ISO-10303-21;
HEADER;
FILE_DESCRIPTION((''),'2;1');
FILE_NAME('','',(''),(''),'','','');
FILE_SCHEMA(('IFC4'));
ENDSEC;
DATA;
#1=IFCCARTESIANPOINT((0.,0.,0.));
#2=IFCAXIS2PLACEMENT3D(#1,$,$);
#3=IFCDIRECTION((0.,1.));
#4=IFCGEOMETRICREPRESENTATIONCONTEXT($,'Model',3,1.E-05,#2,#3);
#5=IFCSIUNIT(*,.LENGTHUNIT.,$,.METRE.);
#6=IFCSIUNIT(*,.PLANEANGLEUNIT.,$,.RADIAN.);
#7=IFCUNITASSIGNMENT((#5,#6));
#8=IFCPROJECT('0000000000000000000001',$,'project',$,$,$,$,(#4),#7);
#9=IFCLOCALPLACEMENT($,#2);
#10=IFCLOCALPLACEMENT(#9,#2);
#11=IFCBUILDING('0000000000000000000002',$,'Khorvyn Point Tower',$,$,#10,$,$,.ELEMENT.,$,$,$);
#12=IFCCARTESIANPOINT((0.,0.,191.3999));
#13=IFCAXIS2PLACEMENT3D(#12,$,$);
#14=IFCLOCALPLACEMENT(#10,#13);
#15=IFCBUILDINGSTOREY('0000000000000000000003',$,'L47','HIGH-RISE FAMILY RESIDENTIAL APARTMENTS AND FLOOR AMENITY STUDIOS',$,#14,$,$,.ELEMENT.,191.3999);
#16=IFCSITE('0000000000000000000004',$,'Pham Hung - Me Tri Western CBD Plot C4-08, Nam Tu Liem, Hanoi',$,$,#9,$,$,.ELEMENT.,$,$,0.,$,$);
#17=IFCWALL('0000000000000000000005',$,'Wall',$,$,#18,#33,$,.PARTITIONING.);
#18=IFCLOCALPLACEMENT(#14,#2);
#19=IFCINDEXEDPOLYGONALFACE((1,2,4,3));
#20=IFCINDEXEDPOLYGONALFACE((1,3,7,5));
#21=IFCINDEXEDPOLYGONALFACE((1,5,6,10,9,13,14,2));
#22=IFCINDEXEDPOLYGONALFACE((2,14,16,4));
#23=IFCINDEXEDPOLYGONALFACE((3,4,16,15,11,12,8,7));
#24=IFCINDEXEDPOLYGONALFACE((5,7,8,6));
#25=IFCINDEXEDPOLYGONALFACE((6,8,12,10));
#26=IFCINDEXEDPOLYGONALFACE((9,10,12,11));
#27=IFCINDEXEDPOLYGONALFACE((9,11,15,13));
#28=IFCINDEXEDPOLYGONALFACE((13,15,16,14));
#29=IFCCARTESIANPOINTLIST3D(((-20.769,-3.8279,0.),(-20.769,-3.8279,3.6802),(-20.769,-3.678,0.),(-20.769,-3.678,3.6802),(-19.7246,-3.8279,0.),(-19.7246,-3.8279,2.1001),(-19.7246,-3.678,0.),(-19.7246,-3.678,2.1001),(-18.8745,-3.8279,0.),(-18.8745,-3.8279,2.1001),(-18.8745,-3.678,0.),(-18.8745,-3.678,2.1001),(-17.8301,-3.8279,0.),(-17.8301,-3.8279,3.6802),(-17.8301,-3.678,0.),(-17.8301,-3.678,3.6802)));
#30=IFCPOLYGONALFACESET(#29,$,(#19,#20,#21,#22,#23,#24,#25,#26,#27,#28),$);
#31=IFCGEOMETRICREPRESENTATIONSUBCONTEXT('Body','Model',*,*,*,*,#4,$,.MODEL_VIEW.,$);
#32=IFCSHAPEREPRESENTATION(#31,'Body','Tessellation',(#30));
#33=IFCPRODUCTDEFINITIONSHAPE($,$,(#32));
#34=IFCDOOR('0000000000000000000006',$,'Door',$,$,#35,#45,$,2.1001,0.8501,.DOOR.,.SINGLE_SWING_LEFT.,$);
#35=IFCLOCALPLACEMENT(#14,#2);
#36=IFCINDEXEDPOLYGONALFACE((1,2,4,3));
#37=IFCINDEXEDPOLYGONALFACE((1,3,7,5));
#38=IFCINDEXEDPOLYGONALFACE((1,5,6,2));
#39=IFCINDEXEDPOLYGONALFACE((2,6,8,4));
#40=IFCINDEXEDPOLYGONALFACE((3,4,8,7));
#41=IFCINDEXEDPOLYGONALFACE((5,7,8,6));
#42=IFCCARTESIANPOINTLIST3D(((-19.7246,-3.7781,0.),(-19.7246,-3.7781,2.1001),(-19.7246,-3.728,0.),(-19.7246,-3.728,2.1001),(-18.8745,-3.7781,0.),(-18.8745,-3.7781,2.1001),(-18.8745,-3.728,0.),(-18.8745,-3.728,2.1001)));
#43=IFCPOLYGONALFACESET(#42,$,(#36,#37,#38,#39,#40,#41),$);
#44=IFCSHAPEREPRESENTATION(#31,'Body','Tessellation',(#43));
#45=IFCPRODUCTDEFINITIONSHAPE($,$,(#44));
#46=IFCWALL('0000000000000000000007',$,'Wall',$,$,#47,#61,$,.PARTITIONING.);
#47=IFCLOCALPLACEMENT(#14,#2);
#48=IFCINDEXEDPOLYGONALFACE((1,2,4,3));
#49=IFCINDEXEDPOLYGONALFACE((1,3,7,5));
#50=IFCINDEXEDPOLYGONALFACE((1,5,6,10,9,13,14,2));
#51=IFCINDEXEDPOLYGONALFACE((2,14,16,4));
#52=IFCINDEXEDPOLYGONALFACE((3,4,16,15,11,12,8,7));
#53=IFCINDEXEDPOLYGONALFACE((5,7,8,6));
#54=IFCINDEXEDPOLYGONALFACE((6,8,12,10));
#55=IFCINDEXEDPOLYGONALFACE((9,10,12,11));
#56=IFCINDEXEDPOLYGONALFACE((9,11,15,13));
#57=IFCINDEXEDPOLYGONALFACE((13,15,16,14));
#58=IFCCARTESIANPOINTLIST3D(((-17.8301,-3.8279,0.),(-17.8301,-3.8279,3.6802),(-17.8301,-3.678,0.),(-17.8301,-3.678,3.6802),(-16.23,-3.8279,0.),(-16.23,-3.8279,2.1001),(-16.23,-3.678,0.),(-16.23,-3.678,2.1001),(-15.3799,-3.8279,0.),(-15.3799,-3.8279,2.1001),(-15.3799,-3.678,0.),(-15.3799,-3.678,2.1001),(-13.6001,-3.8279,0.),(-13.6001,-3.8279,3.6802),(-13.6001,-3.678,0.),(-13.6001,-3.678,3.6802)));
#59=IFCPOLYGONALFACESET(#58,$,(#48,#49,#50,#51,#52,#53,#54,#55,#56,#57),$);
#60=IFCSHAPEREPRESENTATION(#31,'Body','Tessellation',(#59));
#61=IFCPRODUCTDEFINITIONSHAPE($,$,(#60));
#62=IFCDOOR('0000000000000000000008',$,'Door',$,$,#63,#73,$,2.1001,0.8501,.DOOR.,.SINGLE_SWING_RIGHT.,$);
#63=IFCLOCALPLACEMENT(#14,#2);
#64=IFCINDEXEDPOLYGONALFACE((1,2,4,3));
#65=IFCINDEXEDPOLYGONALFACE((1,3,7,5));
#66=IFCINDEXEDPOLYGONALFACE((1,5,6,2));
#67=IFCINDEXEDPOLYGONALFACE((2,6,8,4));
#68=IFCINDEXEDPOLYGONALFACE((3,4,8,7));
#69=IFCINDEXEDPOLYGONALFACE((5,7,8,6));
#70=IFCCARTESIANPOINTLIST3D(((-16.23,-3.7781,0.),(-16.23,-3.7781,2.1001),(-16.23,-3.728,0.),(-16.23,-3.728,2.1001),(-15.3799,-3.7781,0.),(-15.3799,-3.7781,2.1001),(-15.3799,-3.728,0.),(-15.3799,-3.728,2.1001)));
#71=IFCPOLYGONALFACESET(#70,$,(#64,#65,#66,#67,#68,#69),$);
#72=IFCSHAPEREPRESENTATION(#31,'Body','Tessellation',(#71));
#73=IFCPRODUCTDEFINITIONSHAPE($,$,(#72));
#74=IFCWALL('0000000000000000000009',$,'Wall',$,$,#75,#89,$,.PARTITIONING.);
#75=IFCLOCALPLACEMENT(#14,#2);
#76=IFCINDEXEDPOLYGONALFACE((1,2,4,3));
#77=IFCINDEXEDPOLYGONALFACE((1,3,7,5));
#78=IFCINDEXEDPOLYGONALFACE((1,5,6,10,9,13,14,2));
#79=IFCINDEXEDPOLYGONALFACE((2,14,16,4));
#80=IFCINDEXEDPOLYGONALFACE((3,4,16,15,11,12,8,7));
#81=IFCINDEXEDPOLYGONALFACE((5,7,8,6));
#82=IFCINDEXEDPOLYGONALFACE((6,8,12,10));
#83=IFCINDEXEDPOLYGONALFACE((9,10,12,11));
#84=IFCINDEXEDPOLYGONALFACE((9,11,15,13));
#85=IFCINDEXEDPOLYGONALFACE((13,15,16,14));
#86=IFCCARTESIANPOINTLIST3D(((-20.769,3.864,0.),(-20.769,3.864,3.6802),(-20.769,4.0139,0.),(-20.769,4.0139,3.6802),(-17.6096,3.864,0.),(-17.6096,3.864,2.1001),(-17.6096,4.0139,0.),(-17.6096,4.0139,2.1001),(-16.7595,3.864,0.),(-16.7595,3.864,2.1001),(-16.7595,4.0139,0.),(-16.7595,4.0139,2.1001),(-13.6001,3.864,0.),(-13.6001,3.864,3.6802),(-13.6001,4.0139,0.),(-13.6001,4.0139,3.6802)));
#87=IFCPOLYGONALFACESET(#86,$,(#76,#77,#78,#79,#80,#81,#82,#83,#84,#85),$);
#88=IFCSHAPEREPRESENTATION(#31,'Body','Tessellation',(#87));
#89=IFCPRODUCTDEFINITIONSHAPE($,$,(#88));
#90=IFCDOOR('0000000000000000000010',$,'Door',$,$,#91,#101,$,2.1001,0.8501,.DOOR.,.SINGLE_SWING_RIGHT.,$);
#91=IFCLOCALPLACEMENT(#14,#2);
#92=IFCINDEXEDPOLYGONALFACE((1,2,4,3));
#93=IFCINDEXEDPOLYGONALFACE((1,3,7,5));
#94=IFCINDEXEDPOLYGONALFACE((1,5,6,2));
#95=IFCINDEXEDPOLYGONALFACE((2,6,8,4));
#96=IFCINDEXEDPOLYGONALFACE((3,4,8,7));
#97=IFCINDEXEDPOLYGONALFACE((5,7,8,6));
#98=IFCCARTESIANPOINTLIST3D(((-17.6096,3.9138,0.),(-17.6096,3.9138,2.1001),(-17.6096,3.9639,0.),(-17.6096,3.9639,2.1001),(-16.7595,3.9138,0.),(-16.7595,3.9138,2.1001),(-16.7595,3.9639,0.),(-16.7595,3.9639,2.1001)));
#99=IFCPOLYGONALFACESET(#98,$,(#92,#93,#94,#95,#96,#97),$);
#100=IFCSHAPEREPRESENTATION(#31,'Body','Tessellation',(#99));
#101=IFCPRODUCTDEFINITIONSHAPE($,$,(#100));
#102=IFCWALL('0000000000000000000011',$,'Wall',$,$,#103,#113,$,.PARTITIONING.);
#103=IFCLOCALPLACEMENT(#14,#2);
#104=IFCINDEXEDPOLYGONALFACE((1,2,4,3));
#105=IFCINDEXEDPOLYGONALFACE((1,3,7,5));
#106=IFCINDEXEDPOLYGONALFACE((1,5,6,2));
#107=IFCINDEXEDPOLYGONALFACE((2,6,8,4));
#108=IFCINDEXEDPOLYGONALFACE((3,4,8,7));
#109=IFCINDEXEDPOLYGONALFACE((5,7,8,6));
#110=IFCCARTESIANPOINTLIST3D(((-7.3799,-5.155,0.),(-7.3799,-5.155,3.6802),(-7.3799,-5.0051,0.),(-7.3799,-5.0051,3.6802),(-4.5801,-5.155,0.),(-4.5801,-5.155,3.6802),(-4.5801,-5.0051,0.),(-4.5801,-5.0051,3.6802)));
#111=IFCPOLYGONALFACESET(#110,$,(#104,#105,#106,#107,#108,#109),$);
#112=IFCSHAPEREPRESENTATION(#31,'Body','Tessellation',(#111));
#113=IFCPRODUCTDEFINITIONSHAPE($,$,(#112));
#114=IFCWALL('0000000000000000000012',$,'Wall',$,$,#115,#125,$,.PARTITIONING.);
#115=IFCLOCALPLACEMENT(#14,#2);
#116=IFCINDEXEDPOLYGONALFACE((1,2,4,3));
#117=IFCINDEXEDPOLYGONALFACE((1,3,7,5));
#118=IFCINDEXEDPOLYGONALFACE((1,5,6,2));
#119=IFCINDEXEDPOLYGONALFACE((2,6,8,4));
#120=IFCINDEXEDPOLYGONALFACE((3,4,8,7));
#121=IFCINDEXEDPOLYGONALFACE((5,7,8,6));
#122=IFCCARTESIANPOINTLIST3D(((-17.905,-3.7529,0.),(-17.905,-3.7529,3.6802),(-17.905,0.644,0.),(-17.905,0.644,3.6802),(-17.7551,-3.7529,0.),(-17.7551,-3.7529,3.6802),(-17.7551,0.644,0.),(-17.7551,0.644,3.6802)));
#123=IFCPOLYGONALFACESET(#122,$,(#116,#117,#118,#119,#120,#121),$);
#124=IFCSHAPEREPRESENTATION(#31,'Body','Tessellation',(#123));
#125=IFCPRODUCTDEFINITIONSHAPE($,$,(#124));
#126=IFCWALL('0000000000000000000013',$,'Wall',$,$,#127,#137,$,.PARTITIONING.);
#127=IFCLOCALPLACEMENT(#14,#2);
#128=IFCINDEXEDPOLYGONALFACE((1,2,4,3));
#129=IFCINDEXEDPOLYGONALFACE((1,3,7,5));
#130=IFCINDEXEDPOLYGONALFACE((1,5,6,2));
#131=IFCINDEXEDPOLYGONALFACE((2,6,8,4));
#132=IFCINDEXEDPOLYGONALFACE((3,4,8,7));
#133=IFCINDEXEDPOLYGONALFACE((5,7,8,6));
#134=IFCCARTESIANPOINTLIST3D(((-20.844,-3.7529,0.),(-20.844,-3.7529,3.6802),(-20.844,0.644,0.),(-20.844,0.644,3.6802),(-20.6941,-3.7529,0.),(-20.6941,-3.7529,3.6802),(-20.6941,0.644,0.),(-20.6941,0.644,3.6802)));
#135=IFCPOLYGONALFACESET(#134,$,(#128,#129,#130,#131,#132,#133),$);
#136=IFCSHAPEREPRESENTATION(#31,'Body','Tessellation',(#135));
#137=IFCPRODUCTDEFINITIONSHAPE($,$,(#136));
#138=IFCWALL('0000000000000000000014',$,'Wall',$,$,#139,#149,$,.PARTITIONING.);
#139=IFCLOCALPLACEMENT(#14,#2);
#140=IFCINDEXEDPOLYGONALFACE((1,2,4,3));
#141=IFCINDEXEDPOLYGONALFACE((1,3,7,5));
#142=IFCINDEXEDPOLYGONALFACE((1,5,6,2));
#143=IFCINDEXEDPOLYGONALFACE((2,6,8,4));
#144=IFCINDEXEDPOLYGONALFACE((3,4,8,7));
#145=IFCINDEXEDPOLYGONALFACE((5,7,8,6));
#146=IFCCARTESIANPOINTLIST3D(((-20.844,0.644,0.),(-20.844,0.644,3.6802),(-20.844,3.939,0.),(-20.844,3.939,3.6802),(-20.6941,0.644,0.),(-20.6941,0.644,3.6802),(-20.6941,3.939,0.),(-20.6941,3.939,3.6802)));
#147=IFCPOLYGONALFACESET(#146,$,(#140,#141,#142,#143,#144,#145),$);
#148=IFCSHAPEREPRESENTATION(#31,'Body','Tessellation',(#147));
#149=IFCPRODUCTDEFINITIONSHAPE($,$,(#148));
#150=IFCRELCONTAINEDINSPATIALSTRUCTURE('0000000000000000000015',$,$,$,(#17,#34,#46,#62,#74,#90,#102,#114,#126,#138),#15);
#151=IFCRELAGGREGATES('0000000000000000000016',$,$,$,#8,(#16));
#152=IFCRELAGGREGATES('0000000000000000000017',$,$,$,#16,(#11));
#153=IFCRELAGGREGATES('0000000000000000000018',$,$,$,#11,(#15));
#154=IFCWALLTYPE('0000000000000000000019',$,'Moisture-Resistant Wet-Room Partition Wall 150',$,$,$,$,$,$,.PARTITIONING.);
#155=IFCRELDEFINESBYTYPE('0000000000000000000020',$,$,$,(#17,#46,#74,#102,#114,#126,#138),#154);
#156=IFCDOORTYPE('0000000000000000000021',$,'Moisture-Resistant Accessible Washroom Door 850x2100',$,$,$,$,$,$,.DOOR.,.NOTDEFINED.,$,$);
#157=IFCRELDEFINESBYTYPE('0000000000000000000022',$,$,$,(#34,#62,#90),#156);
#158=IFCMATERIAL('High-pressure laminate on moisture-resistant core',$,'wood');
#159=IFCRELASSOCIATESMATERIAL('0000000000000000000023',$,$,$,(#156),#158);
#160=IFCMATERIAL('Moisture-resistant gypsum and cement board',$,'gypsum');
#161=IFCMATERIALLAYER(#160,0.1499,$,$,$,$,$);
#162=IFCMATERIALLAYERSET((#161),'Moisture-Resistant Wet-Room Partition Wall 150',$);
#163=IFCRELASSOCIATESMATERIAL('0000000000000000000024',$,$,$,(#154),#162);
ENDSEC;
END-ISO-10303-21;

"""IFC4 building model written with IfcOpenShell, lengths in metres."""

from ifc_helpers import new_model, si_unit, direction, frame, frame_2d, origin, place, context, subcontext, project, spatial, rectangle, extrude, material, layer, layer_set, type_object, element, fill, save


model = new_model("IFC4")

# Units and contexts
model_context = context("Model", 3, precision=1e-05, world=origin(), true_north=direction((0.0, 1.0)))
body_context = subcontext(model_context, "Body", "Model", "MODEL_VIEW")
ifc_project = project(units=[si_unit("LENGTHUNIT", "METRE"), si_unit("PLANEANGLEUNIT", "RADIAN")], contexts=[model_context])

# Site, building, storey
site_placement = place(None, origin())
site = spatial("IfcSite", under=ifc_project, at=site_placement, Name="Pham Hung - Me Tri Western CBD Plot C4-08, Nam Tu Liem, Hanoi", CompositionType="ELEMENT", RefElevation=0.0)
building_placement = place(site_placement, origin())
building = spatial("IfcBuilding", under=site, at=building_placement, Name="Khorvyn Point Tower", CompositionType="ELEMENT")
storey_placement = place(building_placement, frame((0.0, 0.0, 191.3999)))
storey = spatial("IfcBuildingStorey", under=building, at=storey_placement, Name="L47", Description="HIGH-RISE FAMILY RESIDENTIAL APARTMENTS AND FLOOR AMENITY STUDIOS", CompositionType="ELEMENT", Elevation=191.3999)

# Shared definitions
ifc_material_1 = material(Name="High-pressure laminate on moisture-resistant core", Category="wood")
door_type_1 = type_object("IfcDoorType", Name="Moisture-Resistant Accessible Washroom Door 850x2100", OperationType="NOTDEFINED", PredefinedType="DOOR", material=ifc_material_1)

# Walls, openings, doors
ifc_material_2 = material(Name="Moisture-resistant gypsum and cement board", Category="gypsum")
ifc_layer_1 = layer(ifc_material_2, 0.1499)
ifc_layer_set_1 = layer_set([ifc_layer_1], Name="Moisture-Resistant Wet-Room Partition Wall 150")
wall_type_1 = type_object("IfcWallType", Name="Moisture-Resistant Wet-Room Partition Wall 150", PredefinedType="PARTITIONING", material=ifc_layer_set_1)
wall_1_placement = place(storey_placement, frame((-20.769, -3.7529, 0.0), z_axis=(0.0, 0.0, 1.0), x_axis=(1.0, 0.0, 0.0)))
wall_1 = element("IfcWall", 1, at=wall_1_placement, inside=storey, type_object=wall_type_1, Name="Wall", PredefinedType="PARTITIONING", context=body_context, shape_type="SweptSolid", body=[
    extrude(rectangle(XDim=2.939, YDim=0.1499, at=frame_2d((1.4695, 0.0))), origin(), (0.0, 0.0, 1.0), 3.6802),
])
opening_1_placement = place(wall_1_placement, frame((1.0444, 0.0, 0.0)))
opening_1 = element("IfcOpeningElement", 2, at=opening_1_placement, cuts=wall_1, PredefinedType="OPENING", context=body_context, shape_type="SweptSolid", body=[
    extrude(rectangle(XDim=0.8501, YDim=2.1001, at=frame_2d((0.425, 1.05))), frame((0.0, 0.085, 0.0), z_axis=(0.0, -1.0, 0.0), x_axis=(1.0, 0.0, 0.0)), (0.0, 0.0, 1.0), 0.1699),
])
door_1_placement = place(opening_1_placement, origin())
door_1 = element("IfcDoor", 3, at=door_1_placement, inside=storey, type_object=door_type_1, Name="Door", OperationType="SINGLE_SWING_LEFT", OverallHeight=2.1001, OverallWidth=0.8501, PredefinedType="DOOR", context=body_context, shape_type="SweptSolid", body=[
    extrude(rectangle(XDim=0.8501, YDim=2.1001, at=frame_2d((0.425, 1.05))), frame((0.0, 0.0249, 0.0), z_axis=(0.0, -1.0, 0.0), x_axis=(1.0, 0.0, 0.0)), (0.0, 0.0, 1.0), 0.05),
])
fill(opening_1, door_1)
wall_2_placement = place(storey_placement, frame((-17.8301, -3.7529, 0.0), z_axis=(0.0, 0.0, 1.0), x_axis=(1.0, 0.0, 0.0)))
wall_2 = element("IfcWall", 4, at=wall_2_placement, inside=storey, type_object=wall_type_1, Name="Wall", PredefinedType="PARTITIONING", context=body_context, shape_type="SweptSolid", body=[
    extrude(rectangle(XDim=4.23, YDim=0.1499, at=frame_2d((2.115, 0.0))), origin(), (0.0, 0.0, 1.0), 3.6802),
])
opening_2_placement = place(wall_2_placement, frame((1.6001, 0.0, 0.0)))
opening_2 = element("IfcOpeningElement", 5, at=opening_2_placement, cuts=wall_2, PredefinedType="OPENING", context=body_context, shape_type="SweptSolid", body=[
    extrude(rectangle(XDim=0.8501, YDim=2.1001, at=frame_2d((0.425, 1.05))), frame((0.0, 0.085, 0.0), z_axis=(0.0, -1.0, 0.0), x_axis=(1.0, 0.0, 0.0)), (0.0, 0.0, 1.0), 0.1699),
])
door_2_placement = place(opening_2_placement, origin())
door_2 = element("IfcDoor", 6, at=door_2_placement, inside=storey, type_object=door_type_1, Name="Door", OperationType="SINGLE_SWING_RIGHT", OverallHeight=2.1001, OverallWidth=0.8501, PredefinedType="DOOR", context=body_context, shape_type="SweptSolid", body=[
    extrude(rectangle(XDim=0.8501, YDim=2.1001, at=frame_2d((0.425, 1.05))), frame((0.0, 0.0249, 0.0), z_axis=(0.0, -1.0, 0.0), x_axis=(1.0, 0.0, 0.0)), (0.0, 0.0, 1.0), 0.05),
])
fill(opening_2, door_2)
wall_3_placement = place(storey_placement, frame((-20.769, 3.939, 0.0), z_axis=(0.0, 0.0, 1.0), x_axis=(1.0, 0.0, 0.0)))
wall_3 = element("IfcWall", 7, at=wall_3_placement, inside=storey, type_object=wall_type_1, Name="Wall", PredefinedType="PARTITIONING", context=body_context, shape_type="SweptSolid", body=[
    extrude(rectangle(XDim=7.1689, YDim=0.1499, at=frame_2d((3.5845, 0.0))), origin(), (0.0, 0.0, 1.0), 3.6802),
])
opening_3_placement = place(wall_3_placement, frame((3.1594, 0.0, 0.0)))
opening_3 = element("IfcOpeningElement", 8, at=opening_3_placement, cuts=wall_3, PredefinedType="OPENING", context=body_context, shape_type="SweptSolid", body=[
    extrude(rectangle(XDim=0.8501, YDim=2.1001, at=frame_2d((0.425, 1.05))), frame((0.0, 0.085, 0.0), z_axis=(0.0, -1.0, 0.0), x_axis=(1.0, 0.0, 0.0)), (0.0, 0.0, 1.0), 0.1699),
])
door_3_placement = place(opening_3_placement, origin())
door_3 = element("IfcDoor", 9, at=door_3_placement, inside=storey, type_object=door_type_1, Name="Door", OperationType="SINGLE_SWING_RIGHT", OverallHeight=2.1001, OverallWidth=0.8501, PredefinedType="DOOR", context=body_context, shape_type="SweptSolid", body=[
    extrude(rectangle(XDim=0.8501, YDim=2.1001, at=frame_2d((0.425, 1.05))), frame((0.0, 0.0249, 0.0), z_axis=(0.0, -1.0, 0.0), x_axis=(1.0, 0.0, 0.0)), (0.0, 0.0, 1.0), 0.05),
])
fill(opening_3, door_3)

# Walls
wall_4_placement = place(storey_placement, frame((-7.3799, -5.0801, 0.0), z_axis=(0.0, 0.0, 1.0), x_axis=(1.0, 0.0, 0.0)))
element("IfcWall", 10, at=wall_4_placement, inside=storey, type_object=wall_type_1, Name="Wall", PredefinedType="PARTITIONING", context=body_context, shape_type="SweptSolid", body=[
    extrude(rectangle(XDim=2.7998, YDim=0.1499, at=frame_2d((1.3999, 0.0))), origin(), (0.0, 0.0, 1.0), 3.6802),
])
for number, where, z_axis, x_axis, name in (
    (11, (-17.8301, -3.7529, 0.0), (0.0, 0.0, 1.0), (0.0, 1.0, 0.0), "Wall"),
    (12, (-20.769, -3.7529, 0.0), (0.0, 0.0, 1.0), (0.0, 1.0, 0.0), "Wall"),
):
    element("IfcWall", number, at=place(storey_placement, frame(where, z_axis=z_axis, x_axis=x_axis)), inside=storey, type_object=wall_type_1, Name=name, PredefinedType="PARTITIONING", context=body_context, shape_type="SweptSolid", body=[
        extrude(rectangle(XDim=4.397, YDim=0.1499, at=frame_2d((2.1985, 0.0))), origin(), (0.0, 0.0, 1.0), 3.6802),
    ])
wall_5_placement = place(storey_placement, frame((-20.769, 0.644, 0.0), z_axis=(0.0, 0.0, 1.0), x_axis=(0.0, 1.0, 0.0)))
element("IfcWall", 13, at=wall_5_placement, inside=storey, type_object=wall_type_1, Name="Wall", PredefinedType="PARTITIONING", context=body_context, shape_type="SweptSolid", body=[
    extrude(rectangle(XDim=3.2949, YDim=0.1499, at=frame_2d((1.6475, 0.0))), origin(), (0.0, 0.0, 1.0), 3.6802),
])

save(model, "model.ifc")
